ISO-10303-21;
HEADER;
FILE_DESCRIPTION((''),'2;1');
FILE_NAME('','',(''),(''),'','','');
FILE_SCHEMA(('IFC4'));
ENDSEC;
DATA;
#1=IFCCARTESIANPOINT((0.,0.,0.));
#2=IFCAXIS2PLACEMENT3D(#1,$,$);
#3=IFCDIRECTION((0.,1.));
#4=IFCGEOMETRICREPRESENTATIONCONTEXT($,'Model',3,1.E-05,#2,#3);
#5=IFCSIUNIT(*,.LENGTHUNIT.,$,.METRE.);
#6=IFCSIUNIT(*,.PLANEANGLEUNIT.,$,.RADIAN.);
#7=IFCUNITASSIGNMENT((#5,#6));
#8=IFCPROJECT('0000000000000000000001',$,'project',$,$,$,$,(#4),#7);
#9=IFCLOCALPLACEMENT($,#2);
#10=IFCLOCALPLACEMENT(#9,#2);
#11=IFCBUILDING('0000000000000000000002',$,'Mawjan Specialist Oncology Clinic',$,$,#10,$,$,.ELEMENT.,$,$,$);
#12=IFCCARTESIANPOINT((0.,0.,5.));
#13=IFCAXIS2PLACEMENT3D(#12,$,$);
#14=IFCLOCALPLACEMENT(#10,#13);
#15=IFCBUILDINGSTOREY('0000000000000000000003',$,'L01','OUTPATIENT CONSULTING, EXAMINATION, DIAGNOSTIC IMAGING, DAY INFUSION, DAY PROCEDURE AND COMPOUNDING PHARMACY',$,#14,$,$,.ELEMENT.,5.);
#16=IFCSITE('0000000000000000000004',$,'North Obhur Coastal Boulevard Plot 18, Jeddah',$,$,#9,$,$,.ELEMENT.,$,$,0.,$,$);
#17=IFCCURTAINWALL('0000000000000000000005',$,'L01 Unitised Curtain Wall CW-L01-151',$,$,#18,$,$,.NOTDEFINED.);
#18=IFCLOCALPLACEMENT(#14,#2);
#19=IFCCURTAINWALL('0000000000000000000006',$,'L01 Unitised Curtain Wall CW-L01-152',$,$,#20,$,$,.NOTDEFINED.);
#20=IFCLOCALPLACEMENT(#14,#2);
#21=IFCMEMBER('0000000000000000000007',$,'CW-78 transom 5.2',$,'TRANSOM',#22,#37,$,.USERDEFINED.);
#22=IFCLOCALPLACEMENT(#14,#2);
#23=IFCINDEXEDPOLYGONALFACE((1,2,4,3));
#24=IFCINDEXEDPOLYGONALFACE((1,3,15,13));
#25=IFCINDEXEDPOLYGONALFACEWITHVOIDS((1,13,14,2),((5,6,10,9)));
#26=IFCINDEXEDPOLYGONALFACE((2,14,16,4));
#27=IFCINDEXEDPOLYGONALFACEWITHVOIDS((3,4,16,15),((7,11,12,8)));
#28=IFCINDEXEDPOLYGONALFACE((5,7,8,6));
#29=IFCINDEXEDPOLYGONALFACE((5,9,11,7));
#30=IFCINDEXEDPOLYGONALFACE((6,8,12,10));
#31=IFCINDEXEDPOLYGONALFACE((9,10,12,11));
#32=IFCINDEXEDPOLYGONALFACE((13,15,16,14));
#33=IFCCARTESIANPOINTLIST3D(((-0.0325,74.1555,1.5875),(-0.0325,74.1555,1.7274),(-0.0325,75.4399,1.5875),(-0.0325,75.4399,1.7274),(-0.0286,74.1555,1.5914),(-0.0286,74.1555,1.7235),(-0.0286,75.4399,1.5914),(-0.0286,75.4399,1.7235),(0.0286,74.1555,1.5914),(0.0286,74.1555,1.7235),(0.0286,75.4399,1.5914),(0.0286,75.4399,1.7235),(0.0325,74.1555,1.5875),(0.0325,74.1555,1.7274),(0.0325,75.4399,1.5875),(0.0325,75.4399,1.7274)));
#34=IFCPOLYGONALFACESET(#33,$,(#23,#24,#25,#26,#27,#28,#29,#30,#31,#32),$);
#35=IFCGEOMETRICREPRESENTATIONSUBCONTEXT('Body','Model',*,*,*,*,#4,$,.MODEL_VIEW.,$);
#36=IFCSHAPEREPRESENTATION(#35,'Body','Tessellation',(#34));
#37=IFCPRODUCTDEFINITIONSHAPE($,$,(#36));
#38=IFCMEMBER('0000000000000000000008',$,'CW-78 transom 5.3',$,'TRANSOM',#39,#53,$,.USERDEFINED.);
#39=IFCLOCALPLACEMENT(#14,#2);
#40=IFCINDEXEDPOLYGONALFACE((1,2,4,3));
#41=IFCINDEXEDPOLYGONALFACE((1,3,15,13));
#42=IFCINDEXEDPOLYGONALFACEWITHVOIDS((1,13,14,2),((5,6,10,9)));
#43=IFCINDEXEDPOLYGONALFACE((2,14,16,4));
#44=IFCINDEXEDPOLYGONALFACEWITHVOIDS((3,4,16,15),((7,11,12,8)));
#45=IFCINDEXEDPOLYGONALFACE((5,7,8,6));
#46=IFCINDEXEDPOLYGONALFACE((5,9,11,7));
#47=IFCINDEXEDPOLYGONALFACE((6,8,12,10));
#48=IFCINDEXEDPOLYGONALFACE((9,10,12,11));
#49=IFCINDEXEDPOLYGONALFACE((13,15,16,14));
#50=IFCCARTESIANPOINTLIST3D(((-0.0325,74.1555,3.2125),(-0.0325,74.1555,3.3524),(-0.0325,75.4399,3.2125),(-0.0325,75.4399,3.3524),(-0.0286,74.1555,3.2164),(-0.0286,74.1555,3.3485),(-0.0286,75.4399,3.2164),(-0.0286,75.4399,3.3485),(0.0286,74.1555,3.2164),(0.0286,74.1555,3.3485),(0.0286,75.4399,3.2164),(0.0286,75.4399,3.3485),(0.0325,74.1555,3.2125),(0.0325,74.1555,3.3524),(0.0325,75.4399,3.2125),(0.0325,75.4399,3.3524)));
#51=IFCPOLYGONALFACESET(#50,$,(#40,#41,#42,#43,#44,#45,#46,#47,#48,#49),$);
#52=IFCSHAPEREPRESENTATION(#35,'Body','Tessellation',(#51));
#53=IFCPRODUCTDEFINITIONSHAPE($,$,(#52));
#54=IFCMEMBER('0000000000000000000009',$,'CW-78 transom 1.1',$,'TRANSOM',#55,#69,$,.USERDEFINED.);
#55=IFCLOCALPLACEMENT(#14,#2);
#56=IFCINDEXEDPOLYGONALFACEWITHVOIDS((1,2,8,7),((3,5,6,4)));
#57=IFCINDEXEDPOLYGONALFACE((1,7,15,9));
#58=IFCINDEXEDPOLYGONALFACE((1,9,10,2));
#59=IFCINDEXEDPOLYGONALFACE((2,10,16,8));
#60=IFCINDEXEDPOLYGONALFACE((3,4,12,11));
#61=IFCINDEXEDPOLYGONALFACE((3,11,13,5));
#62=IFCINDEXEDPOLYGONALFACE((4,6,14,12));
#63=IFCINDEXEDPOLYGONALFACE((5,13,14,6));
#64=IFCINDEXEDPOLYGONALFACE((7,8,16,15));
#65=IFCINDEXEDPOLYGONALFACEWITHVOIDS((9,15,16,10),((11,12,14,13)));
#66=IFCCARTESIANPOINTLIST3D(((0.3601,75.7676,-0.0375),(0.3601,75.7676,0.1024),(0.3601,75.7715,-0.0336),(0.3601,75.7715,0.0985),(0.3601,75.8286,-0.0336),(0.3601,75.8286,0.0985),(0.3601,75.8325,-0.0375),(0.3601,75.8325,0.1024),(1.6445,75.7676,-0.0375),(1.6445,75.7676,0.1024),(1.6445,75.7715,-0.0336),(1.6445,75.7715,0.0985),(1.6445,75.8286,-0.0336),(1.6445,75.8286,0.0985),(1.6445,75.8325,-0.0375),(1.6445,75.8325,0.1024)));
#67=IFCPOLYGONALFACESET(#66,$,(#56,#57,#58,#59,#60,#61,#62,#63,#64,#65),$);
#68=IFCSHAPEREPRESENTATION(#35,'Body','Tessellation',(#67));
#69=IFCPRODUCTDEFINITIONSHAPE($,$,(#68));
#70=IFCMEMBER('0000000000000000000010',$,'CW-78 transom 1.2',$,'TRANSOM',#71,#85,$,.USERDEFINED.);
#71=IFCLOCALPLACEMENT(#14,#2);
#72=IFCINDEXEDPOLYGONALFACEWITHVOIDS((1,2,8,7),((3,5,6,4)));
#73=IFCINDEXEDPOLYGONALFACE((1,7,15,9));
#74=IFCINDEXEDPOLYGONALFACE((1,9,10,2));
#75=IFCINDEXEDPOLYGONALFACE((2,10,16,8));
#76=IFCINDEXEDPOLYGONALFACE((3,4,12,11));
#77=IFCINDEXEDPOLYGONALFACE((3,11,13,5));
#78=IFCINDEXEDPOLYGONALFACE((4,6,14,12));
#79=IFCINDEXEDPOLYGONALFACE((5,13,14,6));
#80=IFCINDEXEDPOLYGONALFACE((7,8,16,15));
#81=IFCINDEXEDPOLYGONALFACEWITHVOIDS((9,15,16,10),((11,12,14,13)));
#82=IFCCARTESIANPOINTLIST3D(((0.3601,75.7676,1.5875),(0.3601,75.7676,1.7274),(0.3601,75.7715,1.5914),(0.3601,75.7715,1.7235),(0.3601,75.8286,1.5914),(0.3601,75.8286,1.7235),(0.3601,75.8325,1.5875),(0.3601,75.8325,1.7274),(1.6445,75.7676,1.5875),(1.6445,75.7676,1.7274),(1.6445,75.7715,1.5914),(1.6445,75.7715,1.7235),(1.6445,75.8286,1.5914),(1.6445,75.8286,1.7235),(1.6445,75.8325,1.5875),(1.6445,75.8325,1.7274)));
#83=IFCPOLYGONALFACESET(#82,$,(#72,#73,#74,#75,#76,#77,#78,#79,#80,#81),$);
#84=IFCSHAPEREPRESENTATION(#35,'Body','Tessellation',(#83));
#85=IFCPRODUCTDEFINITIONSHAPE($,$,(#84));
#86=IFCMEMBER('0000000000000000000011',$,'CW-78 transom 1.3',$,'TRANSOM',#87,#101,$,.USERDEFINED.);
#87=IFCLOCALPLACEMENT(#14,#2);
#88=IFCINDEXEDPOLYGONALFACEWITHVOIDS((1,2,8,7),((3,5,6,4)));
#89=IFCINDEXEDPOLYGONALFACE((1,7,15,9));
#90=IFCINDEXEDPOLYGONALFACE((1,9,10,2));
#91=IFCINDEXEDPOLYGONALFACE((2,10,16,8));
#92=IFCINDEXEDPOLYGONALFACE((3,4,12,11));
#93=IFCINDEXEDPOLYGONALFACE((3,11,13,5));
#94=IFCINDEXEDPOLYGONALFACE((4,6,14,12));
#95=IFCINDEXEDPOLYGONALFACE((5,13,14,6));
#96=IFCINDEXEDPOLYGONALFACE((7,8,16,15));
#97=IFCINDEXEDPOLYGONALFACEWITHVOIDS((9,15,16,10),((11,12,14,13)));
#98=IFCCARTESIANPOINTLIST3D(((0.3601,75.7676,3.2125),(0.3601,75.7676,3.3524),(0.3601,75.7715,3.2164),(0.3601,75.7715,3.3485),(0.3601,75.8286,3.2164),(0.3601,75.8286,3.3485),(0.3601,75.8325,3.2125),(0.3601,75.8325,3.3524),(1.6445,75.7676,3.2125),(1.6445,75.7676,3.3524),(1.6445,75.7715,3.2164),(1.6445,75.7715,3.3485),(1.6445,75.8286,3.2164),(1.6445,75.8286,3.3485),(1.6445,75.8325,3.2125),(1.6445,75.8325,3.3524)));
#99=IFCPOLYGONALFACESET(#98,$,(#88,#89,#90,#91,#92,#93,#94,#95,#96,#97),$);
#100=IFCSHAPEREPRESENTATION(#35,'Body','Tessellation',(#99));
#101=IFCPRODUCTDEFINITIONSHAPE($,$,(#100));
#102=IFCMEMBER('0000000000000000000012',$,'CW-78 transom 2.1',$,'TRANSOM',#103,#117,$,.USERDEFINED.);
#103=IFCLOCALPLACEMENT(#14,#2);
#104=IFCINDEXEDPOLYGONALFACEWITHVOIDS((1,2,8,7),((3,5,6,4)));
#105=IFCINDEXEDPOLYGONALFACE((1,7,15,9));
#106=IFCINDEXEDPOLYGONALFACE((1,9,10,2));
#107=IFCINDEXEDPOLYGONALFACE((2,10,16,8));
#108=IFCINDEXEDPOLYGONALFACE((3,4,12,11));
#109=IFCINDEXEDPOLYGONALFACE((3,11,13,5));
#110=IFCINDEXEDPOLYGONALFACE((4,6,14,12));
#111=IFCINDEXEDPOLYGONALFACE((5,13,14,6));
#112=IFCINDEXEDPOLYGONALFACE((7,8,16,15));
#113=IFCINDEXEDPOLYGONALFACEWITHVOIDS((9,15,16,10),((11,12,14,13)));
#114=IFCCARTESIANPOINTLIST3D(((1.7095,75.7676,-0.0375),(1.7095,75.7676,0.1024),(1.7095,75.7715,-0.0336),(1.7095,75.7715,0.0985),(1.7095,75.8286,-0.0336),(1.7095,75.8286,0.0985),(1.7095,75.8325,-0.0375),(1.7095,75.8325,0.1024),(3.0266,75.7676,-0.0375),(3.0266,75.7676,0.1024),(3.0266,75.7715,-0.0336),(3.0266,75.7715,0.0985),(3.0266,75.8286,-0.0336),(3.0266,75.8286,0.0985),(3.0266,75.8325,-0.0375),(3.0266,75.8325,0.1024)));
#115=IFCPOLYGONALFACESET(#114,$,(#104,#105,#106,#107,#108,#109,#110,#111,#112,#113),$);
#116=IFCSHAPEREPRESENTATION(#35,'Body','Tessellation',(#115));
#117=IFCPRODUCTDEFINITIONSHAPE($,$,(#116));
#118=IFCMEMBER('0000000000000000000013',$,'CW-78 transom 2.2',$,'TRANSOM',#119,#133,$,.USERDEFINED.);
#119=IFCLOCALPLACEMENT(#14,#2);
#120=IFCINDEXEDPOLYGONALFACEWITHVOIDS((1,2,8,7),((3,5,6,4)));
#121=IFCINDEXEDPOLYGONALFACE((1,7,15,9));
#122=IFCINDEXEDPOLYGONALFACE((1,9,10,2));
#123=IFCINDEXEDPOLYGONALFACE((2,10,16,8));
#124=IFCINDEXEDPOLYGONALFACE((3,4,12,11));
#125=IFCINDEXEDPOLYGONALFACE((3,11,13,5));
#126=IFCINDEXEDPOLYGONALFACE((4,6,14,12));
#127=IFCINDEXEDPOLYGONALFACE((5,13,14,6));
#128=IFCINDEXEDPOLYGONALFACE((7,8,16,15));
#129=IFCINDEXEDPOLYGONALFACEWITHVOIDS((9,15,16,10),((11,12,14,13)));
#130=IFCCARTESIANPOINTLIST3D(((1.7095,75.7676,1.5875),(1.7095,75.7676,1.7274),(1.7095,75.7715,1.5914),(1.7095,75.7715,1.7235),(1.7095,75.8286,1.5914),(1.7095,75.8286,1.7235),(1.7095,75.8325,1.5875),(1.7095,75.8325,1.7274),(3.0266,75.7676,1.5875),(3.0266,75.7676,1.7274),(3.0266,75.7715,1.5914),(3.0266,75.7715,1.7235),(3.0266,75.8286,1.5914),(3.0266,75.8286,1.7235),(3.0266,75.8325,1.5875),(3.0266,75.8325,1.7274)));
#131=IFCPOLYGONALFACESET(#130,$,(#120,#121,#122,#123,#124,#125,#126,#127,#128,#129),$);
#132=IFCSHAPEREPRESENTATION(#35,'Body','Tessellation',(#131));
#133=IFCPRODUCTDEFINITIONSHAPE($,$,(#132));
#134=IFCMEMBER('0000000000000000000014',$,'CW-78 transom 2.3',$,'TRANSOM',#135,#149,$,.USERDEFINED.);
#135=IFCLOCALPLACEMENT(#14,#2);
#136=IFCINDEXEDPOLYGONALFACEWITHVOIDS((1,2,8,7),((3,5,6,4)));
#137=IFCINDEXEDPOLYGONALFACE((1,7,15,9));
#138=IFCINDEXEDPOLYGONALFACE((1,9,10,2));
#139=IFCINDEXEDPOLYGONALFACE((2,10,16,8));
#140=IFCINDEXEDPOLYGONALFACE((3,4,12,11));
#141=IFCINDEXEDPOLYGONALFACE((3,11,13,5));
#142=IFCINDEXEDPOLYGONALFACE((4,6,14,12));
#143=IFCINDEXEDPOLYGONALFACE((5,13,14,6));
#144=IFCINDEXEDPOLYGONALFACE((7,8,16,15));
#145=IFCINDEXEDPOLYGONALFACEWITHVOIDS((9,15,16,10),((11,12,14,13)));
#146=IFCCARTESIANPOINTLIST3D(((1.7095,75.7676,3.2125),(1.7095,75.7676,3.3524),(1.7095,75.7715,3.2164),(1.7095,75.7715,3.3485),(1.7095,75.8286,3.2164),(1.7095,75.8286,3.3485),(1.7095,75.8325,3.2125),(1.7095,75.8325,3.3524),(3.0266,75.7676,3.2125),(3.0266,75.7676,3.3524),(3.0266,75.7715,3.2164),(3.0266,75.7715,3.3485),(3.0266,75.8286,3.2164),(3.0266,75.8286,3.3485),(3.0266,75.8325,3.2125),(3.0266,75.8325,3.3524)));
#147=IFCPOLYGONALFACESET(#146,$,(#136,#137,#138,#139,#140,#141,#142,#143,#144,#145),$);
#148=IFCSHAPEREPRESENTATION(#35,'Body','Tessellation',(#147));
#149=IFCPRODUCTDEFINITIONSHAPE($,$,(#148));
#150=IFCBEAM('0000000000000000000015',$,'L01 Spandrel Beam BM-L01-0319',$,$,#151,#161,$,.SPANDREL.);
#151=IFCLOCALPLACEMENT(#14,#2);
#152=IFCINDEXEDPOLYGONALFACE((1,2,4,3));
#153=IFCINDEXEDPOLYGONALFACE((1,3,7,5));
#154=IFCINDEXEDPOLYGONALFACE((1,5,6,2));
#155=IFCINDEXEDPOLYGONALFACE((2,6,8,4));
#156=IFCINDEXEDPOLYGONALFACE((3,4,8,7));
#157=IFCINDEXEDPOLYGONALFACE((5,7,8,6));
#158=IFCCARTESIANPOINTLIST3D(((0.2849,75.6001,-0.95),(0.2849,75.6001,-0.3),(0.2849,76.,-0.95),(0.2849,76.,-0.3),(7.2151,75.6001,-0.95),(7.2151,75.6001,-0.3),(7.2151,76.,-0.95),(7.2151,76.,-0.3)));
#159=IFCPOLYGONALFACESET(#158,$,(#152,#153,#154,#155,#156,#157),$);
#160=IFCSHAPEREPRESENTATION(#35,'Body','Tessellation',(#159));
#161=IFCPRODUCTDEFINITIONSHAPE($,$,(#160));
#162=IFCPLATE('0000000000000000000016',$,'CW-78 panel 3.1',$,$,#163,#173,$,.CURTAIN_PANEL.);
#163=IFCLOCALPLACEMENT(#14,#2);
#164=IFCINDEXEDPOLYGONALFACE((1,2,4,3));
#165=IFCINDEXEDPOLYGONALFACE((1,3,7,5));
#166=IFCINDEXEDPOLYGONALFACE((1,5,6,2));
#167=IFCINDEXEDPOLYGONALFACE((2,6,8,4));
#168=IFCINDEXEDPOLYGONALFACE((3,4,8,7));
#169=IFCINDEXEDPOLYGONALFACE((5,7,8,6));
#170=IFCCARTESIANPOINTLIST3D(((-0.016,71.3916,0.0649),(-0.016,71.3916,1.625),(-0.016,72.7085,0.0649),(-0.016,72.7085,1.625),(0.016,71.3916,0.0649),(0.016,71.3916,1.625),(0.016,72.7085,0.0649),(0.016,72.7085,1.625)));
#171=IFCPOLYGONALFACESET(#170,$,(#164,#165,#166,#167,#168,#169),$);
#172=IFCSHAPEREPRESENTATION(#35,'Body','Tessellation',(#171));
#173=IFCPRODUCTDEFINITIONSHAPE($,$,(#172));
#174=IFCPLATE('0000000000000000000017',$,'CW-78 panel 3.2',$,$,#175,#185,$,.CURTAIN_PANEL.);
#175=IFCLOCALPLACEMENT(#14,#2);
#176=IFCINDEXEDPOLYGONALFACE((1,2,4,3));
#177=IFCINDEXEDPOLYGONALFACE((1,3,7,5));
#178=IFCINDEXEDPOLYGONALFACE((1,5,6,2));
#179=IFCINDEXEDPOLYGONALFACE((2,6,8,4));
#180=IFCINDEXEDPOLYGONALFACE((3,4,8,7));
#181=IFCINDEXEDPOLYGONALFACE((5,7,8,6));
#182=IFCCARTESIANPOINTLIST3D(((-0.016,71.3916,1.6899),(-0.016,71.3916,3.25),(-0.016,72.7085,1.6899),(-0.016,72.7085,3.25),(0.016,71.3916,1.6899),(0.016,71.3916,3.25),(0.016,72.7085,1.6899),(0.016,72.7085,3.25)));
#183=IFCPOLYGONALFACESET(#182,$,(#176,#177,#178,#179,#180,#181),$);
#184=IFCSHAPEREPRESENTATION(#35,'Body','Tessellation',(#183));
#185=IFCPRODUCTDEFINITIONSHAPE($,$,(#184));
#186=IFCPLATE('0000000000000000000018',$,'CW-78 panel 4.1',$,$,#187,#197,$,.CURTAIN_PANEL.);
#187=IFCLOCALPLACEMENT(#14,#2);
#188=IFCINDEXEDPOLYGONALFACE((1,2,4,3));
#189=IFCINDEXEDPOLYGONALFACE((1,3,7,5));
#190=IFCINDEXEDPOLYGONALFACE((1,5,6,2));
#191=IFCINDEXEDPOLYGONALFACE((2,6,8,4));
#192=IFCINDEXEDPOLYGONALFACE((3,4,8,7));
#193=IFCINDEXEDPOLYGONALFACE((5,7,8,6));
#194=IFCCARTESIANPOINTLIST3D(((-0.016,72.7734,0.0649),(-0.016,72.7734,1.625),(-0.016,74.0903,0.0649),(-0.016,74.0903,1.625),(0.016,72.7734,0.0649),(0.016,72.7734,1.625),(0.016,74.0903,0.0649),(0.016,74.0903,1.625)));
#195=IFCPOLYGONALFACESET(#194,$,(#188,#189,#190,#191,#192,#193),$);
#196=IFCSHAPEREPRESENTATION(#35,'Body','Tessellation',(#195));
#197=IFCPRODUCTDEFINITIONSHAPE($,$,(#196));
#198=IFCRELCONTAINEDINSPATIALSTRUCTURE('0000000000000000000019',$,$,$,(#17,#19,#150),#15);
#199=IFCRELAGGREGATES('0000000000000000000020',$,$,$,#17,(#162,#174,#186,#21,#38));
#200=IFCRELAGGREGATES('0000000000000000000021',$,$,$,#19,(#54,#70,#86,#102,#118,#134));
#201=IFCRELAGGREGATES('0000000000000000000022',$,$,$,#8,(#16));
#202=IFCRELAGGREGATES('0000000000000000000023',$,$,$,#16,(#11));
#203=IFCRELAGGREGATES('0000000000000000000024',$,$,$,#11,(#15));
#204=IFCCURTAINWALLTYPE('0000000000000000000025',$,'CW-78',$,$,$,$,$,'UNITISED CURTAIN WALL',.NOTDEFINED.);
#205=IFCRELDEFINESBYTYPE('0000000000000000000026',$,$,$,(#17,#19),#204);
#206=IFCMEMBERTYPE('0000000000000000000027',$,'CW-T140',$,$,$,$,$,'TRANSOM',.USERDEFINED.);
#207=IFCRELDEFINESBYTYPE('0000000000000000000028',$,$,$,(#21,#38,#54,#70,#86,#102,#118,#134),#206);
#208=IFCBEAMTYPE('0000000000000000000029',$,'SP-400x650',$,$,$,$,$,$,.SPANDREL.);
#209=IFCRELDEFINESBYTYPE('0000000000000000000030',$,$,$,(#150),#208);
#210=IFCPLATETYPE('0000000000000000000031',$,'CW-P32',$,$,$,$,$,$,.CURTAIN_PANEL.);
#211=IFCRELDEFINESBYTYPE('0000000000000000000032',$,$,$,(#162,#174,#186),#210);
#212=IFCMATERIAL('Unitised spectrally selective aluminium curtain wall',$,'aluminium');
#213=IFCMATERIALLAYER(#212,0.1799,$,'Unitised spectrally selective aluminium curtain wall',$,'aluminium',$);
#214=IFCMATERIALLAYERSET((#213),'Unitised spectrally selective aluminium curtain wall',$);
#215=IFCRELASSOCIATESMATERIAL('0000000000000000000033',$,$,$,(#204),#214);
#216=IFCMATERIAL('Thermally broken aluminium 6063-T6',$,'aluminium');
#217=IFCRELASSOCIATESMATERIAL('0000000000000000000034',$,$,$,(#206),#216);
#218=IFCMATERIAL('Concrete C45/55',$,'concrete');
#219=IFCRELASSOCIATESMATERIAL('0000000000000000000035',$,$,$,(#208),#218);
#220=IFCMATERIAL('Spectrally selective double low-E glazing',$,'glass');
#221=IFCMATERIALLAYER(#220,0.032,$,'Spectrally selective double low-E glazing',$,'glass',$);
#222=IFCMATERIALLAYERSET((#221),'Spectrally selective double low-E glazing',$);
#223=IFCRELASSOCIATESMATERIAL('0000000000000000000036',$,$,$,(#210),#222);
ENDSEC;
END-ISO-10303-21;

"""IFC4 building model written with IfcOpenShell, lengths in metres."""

from ifc_helpers import new_model, si_unit, direction, frame, origin, origin_2d, place, context, subcontext, project, spatial, rectangle, hollow_rectangle, extrude, material, layer, layer_set, material_profile, profile_set, type_object, element, aggregate, save


model = new_model("IFC4")

# Units and contexts
model_context = context("Model", 3, precision=1e-05, world=origin(), true_north=direction((0.0, 1.0)))
body_context = subcontext(model_context, "Body", "Model", "MODEL_VIEW")
ifc_project = project(units=[si_unit("LENGTHUNIT", "METRE"), si_unit("PLANEANGLEUNIT", "RADIAN")], contexts=[model_context])

# Site, building, storey
site_placement = place(None, origin())
site = spatial("IfcSite", under=ifc_project, at=site_placement, Name="North Obhur Coastal Boulevard Plot 18, Jeddah", CompositionType="ELEMENT", RefElevation=0.0)
building_placement = place(site_placement, origin())
building = spatial("IfcBuilding", under=site, at=building_placement, Name="Mawjan Specialist Oncology Clinic", CompositionType="ELEMENT")
storey_placement = place(building_placement, frame((0.0, 0.0, 5.0)))
storey = spatial("IfcBuildingStorey", under=building, at=storey_placement, Name="L01", Description="OUTPATIENT CONSULTING, EXAMINATION, DIAGNOSTIC IMAGING, DAY INFUSION, DAY PROCEDURE AND COMPOUNDING PHARMACY", CompositionType="ELEMENT", Elevation=5.0)

# Curtain walls
ifc_material_1 = material(Name="Unitised spectrally selective aluminium curtain wall", Category="aluminium")
ifc_layer_1 = layer(ifc_material_1, 0.1799, Name="Unitised spectrally selective aluminium curtain wall", Category="aluminium")
ifc_layer_set_1 = layer_set([ifc_layer_1], Name="Unitised spectrally selective aluminium curtain wall")
curtain_wall_type = type_object("IfcCurtainWallType", Name="CW-78", ElementType="UNITISED CURTAIN WALL", PredefinedType="NOTDEFINED", material=ifc_layer_set_1)
curtain_wall_1_placement = place(storey_placement, origin())
curtain_wall_1 = element("IfcCurtainWall", 1, at=curtain_wall_1_placement, inside=storey, type_object=curtain_wall_type, Name="L01 Unitised Curtain Wall CW-L01-151", PredefinedType="NOTDEFINED")
curtain_wall_2_placement = place(storey_placement, origin())
curtain_wall_2 = element("IfcCurtainWall", 2, at=curtain_wall_2_placement, inside=storey, type_object=curtain_wall_type, Name="L01 Unitised Curtain Wall CW-L01-152", PredefinedType="NOTDEFINED")

# Members
ifc_material_2 = material(Name="Thermally broken aluminium 6063-T6", Category="aluminium")
ifc_material_profile_1 = material_profile(ifc_material_2, hollow_rectangle(XDim=0.0649, YDim=0.1399, WallThickness=0.0039, at=origin_2d()), Name="ALU TRANSOM 140x65x4", Category="aluminium")
ifc_profile_set_1 = profile_set([ifc_material_profile_1], Name="Thermally broken aluminium 6063-T6")
member_type_1 = type_object("IfcMemberType", Name="CW-T140", ElementType="TRANSOM", PredefinedType="USERDEFINED", material=ifc_profile_set_1)
member_1_placement = place(storey_placement, frame((0.0, 74.1555, 1.6575), z_axis=(0.0, 1.0, 0.0), x_axis=(-1.0, 0.0, 0.0)))
member_1 = element("IfcMember", 3, at=member_1_placement, type_object=member_type_1, Name="CW-78 transom 5.2", ObjectType="TRANSOM", PredefinedType="USERDEFINED", context=body_context, shape_type="SweptSolid", body=[
    extrude(hollow_rectangle(XDim=0.0649, YDim=0.1399, WallThickness=0.0039, at=origin_2d()), origin(), (0.0, 0.0, 1.0), 1.2844),
])
member_2_placement = place(storey_placement, frame((0.0, 74.1555, 3.2825), z_axis=(0.0, 1.0, 0.0), x_axis=(-1.0, 0.0, 0.0)))
member_2 = element("IfcMember", 4, at=member_2_placement, type_object=member_type_1, Name="CW-78 transom 5.3", ObjectType="TRANSOM", PredefinedType="USERDEFINED", context=body_context, shape_type="SweptSolid", body=[
    extrude(hollow_rectangle(XDim=0.0649, YDim=0.1399, WallThickness=0.0039, at=origin_2d()), origin(), (0.0, 0.0, 1.0), 1.2844),
])
member_3_placement = place(storey_placement, frame((0.3601, 75.8, 0.0325), z_axis=(1.0, 0.0, 0.0), x_axis=(0.0, 1.0, 0.0)))
member_3 = element("IfcMember", 5, at=member_3_placement, type_object=member_type_1, Name="CW-78 transom 1.1", ObjectType="TRANSOM", PredefinedType="USERDEFINED", context=body_context, shape_type="SweptSolid", body=[
    extrude(hollow_rectangle(XDim=0.0649, YDim=0.1399, WallThickness=0.0039, at=origin_2d()), origin(), (0.0, 0.0, 1.0), 1.2844),
])
member_4_placement = place(storey_placement, frame((0.3601, 75.8, 1.6575), z_axis=(1.0, 0.0, 0.0), x_axis=(0.0, 1.0, 0.0)))
member_4 = element("IfcMember", 6, at=member_4_placement, type_object=member_type_1, Name="CW-78 transom 1.2", ObjectType="TRANSOM", PredefinedType="USERDEFINED", context=body_context, shape_type="SweptSolid", body=[
    extrude(hollow_rectangle(XDim=0.0649, YDim=0.1399, WallThickness=0.0039, at=origin_2d()), origin(), (0.0, 0.0, 1.0), 1.2844),
])
member_5_placement = place(storey_placement, frame((0.3601, 75.8, 3.2825), z_axis=(1.0, 0.0, 0.0), x_axis=(0.0, 1.0, 0.0)))
member_5 = element("IfcMember", 7, at=member_5_placement, type_object=member_type_1, Name="CW-78 transom 1.3", ObjectType="TRANSOM", PredefinedType="USERDEFINED", context=body_context, shape_type="SweptSolid", body=[
    extrude(hollow_rectangle(XDim=0.0649, YDim=0.1399, WallThickness=0.0039, at=origin_2d()), origin(), (0.0, 0.0, 1.0), 1.2844),
])
member_6_placement = place(storey_placement, frame((1.7095, 75.8, 0.0325), z_axis=(1.0, 0.0, 0.0), x_axis=(0.0, 1.0, 0.0)))
member_6 = element("IfcMember", 8, at=member_6_placement, type_object=member_type_1, Name="CW-78 transom 2.1", ObjectType="TRANSOM", PredefinedType="USERDEFINED", context=body_context, shape_type="SweptSolid", body=[
    extrude(hollow_rectangle(XDim=0.0649, YDim=0.1399, WallThickness=0.0039, at=origin_2d()), origin(), (0.0, 0.0, 1.0), 1.3171),
])
member_7_placement = place(storey_placement, frame((1.7095, 75.8, 1.6575), z_axis=(1.0, 0.0, 0.0), x_axis=(0.0, 1.0, 0.0)))
member_7 = element("IfcMember", 9, at=member_7_placement, type_object=member_type_1, Name="CW-78 transom 2.2", ObjectType="TRANSOM", PredefinedType="USERDEFINED", context=body_context, shape_type="SweptSolid", body=[
    extrude(hollow_rectangle(XDim=0.0649, YDim=0.1399, WallThickness=0.0039, at=origin_2d()), origin(), (0.0, 0.0, 1.0), 1.3171),
])
member_8_placement = place(storey_placement, frame((1.7095, 75.8, 3.2825), z_axis=(1.0, 0.0, 0.0), x_axis=(0.0, 1.0, 0.0)))
member_8 = element("IfcMember", 10, at=member_8_placement, type_object=member_type_1, Name="CW-78 transom 2.3", ObjectType="TRANSOM", PredefinedType="USERDEFINED", context=body_context, shape_type="SweptSolid", body=[
    extrude(hollow_rectangle(XDim=0.0649, YDim=0.1399, WallThickness=0.0039, at=origin_2d()), origin(), (0.0, 0.0, 1.0), 1.3171),
])

# Beam
ifc_material_3 = material(Name="Concrete C45/55", Category="concrete")
ifc_material_profile_2 = material_profile(ifc_material_3, rectangle(XDim=0.3999, YDim=0.6499, at=origin_2d()), Name="RC BM 400x650", Category="concrete")
ifc_profile_set_2 = profile_set([ifc_material_profile_2], Name="Concrete C45/55")
beam_type = type_object("IfcBeamType", Name="SP-400x650", PredefinedType="SPANDREL", material=ifc_profile_set_2)
beam_placement = place(storey_placement, frame((0.2849, 75.8, -0.625), z_axis=(1.0, 0.0, 0.0), x_axis=(0.0, 1.0, 0.0)))
element("IfcBeam", 11, at=beam_placement, inside=storey, type_object=beam_type, Name="L01 Spandrel Beam BM-L01-0319", PredefinedType="SPANDREL", context=body_context, shape_type="SweptSolid", body=[
    extrude(rectangle(XDim=0.3999, YDim=0.6499, at=origin_2d()), origin(), (0.0, 0.0, 1.0), 6.9302),
])

# Plates
ifc_material_4 = material(Name="Spectrally selective double low-E glazing", Category="glass")
ifc_layer_2 = layer(ifc_material_4, 0.032, Name="Spectrally selective double low-E glazing", Category="glass")
ifc_layer_set_2 = layer_set([ifc_layer_2], Name="Spectrally selective double low-E glazing")
plate_type = type_object("IfcPlateType", Name="CW-P32", PredefinedType="CURTAIN_PANEL", material=ifc_layer_set_2)
plate_1_placement = place(storey_placement, frame((0.0, 72.05, 0.0649), z_axis=(0.0, 0.0, 1.0), x_axis=(0.0, 1.0, 0.0)))
plate_1 = element("IfcPlate", 12, at=plate_1_placement, type_object=plate_type, Name="CW-78 panel 3.1", PredefinedType="CURTAIN_PANEL", context=body_context, shape_type="SweptSolid", body=[
    extrude(rectangle(XDim=1.3169, YDim=0.032, at=origin_2d()), origin(), (0.0, 0.0, 1.0), 1.5601),
])
plate_2_placement = place(storey_placement, frame((0.0, 72.05, 1.6899), z_axis=(0.0, 0.0, 1.0), x_axis=(0.0, 1.0, 0.0)))
plate_2 = element("IfcPlate", 13, at=plate_2_placement, type_object=plate_type, Name="CW-78 panel 3.2", PredefinedType="CURTAIN_PANEL", context=body_context, shape_type="SweptSolid", body=[
    extrude(rectangle(XDim=1.3169, YDim=0.032, at=origin_2d()), origin(), (0.0, 0.0, 1.0), 1.5601),
])
plate_3_placement = place(storey_placement, frame((0.0, 73.4319, 0.0649), z_axis=(0.0, 0.0, 1.0), x_axis=(0.0, 1.0, 0.0)))
plate_3 = element("IfcPlate", 14, at=plate_3_placement, type_object=plate_type, Name="CW-78 panel 4.1", PredefinedType="CURTAIN_PANEL", context=body_context, shape_type="SweptSolid", body=[
    extrude(rectangle(XDim=1.3169, YDim=0.032, at=origin_2d()), origin(), (0.0, 0.0, 1.0), 1.5601),
])
aggregate(curtain_wall_1, [plate_1, plate_2, plate_3, member_1, member_2])
aggregate(curtain_wall_2, [member_3, member_4, member_5, member_6, member_7, member_8])

save(model, "model.ifc")
